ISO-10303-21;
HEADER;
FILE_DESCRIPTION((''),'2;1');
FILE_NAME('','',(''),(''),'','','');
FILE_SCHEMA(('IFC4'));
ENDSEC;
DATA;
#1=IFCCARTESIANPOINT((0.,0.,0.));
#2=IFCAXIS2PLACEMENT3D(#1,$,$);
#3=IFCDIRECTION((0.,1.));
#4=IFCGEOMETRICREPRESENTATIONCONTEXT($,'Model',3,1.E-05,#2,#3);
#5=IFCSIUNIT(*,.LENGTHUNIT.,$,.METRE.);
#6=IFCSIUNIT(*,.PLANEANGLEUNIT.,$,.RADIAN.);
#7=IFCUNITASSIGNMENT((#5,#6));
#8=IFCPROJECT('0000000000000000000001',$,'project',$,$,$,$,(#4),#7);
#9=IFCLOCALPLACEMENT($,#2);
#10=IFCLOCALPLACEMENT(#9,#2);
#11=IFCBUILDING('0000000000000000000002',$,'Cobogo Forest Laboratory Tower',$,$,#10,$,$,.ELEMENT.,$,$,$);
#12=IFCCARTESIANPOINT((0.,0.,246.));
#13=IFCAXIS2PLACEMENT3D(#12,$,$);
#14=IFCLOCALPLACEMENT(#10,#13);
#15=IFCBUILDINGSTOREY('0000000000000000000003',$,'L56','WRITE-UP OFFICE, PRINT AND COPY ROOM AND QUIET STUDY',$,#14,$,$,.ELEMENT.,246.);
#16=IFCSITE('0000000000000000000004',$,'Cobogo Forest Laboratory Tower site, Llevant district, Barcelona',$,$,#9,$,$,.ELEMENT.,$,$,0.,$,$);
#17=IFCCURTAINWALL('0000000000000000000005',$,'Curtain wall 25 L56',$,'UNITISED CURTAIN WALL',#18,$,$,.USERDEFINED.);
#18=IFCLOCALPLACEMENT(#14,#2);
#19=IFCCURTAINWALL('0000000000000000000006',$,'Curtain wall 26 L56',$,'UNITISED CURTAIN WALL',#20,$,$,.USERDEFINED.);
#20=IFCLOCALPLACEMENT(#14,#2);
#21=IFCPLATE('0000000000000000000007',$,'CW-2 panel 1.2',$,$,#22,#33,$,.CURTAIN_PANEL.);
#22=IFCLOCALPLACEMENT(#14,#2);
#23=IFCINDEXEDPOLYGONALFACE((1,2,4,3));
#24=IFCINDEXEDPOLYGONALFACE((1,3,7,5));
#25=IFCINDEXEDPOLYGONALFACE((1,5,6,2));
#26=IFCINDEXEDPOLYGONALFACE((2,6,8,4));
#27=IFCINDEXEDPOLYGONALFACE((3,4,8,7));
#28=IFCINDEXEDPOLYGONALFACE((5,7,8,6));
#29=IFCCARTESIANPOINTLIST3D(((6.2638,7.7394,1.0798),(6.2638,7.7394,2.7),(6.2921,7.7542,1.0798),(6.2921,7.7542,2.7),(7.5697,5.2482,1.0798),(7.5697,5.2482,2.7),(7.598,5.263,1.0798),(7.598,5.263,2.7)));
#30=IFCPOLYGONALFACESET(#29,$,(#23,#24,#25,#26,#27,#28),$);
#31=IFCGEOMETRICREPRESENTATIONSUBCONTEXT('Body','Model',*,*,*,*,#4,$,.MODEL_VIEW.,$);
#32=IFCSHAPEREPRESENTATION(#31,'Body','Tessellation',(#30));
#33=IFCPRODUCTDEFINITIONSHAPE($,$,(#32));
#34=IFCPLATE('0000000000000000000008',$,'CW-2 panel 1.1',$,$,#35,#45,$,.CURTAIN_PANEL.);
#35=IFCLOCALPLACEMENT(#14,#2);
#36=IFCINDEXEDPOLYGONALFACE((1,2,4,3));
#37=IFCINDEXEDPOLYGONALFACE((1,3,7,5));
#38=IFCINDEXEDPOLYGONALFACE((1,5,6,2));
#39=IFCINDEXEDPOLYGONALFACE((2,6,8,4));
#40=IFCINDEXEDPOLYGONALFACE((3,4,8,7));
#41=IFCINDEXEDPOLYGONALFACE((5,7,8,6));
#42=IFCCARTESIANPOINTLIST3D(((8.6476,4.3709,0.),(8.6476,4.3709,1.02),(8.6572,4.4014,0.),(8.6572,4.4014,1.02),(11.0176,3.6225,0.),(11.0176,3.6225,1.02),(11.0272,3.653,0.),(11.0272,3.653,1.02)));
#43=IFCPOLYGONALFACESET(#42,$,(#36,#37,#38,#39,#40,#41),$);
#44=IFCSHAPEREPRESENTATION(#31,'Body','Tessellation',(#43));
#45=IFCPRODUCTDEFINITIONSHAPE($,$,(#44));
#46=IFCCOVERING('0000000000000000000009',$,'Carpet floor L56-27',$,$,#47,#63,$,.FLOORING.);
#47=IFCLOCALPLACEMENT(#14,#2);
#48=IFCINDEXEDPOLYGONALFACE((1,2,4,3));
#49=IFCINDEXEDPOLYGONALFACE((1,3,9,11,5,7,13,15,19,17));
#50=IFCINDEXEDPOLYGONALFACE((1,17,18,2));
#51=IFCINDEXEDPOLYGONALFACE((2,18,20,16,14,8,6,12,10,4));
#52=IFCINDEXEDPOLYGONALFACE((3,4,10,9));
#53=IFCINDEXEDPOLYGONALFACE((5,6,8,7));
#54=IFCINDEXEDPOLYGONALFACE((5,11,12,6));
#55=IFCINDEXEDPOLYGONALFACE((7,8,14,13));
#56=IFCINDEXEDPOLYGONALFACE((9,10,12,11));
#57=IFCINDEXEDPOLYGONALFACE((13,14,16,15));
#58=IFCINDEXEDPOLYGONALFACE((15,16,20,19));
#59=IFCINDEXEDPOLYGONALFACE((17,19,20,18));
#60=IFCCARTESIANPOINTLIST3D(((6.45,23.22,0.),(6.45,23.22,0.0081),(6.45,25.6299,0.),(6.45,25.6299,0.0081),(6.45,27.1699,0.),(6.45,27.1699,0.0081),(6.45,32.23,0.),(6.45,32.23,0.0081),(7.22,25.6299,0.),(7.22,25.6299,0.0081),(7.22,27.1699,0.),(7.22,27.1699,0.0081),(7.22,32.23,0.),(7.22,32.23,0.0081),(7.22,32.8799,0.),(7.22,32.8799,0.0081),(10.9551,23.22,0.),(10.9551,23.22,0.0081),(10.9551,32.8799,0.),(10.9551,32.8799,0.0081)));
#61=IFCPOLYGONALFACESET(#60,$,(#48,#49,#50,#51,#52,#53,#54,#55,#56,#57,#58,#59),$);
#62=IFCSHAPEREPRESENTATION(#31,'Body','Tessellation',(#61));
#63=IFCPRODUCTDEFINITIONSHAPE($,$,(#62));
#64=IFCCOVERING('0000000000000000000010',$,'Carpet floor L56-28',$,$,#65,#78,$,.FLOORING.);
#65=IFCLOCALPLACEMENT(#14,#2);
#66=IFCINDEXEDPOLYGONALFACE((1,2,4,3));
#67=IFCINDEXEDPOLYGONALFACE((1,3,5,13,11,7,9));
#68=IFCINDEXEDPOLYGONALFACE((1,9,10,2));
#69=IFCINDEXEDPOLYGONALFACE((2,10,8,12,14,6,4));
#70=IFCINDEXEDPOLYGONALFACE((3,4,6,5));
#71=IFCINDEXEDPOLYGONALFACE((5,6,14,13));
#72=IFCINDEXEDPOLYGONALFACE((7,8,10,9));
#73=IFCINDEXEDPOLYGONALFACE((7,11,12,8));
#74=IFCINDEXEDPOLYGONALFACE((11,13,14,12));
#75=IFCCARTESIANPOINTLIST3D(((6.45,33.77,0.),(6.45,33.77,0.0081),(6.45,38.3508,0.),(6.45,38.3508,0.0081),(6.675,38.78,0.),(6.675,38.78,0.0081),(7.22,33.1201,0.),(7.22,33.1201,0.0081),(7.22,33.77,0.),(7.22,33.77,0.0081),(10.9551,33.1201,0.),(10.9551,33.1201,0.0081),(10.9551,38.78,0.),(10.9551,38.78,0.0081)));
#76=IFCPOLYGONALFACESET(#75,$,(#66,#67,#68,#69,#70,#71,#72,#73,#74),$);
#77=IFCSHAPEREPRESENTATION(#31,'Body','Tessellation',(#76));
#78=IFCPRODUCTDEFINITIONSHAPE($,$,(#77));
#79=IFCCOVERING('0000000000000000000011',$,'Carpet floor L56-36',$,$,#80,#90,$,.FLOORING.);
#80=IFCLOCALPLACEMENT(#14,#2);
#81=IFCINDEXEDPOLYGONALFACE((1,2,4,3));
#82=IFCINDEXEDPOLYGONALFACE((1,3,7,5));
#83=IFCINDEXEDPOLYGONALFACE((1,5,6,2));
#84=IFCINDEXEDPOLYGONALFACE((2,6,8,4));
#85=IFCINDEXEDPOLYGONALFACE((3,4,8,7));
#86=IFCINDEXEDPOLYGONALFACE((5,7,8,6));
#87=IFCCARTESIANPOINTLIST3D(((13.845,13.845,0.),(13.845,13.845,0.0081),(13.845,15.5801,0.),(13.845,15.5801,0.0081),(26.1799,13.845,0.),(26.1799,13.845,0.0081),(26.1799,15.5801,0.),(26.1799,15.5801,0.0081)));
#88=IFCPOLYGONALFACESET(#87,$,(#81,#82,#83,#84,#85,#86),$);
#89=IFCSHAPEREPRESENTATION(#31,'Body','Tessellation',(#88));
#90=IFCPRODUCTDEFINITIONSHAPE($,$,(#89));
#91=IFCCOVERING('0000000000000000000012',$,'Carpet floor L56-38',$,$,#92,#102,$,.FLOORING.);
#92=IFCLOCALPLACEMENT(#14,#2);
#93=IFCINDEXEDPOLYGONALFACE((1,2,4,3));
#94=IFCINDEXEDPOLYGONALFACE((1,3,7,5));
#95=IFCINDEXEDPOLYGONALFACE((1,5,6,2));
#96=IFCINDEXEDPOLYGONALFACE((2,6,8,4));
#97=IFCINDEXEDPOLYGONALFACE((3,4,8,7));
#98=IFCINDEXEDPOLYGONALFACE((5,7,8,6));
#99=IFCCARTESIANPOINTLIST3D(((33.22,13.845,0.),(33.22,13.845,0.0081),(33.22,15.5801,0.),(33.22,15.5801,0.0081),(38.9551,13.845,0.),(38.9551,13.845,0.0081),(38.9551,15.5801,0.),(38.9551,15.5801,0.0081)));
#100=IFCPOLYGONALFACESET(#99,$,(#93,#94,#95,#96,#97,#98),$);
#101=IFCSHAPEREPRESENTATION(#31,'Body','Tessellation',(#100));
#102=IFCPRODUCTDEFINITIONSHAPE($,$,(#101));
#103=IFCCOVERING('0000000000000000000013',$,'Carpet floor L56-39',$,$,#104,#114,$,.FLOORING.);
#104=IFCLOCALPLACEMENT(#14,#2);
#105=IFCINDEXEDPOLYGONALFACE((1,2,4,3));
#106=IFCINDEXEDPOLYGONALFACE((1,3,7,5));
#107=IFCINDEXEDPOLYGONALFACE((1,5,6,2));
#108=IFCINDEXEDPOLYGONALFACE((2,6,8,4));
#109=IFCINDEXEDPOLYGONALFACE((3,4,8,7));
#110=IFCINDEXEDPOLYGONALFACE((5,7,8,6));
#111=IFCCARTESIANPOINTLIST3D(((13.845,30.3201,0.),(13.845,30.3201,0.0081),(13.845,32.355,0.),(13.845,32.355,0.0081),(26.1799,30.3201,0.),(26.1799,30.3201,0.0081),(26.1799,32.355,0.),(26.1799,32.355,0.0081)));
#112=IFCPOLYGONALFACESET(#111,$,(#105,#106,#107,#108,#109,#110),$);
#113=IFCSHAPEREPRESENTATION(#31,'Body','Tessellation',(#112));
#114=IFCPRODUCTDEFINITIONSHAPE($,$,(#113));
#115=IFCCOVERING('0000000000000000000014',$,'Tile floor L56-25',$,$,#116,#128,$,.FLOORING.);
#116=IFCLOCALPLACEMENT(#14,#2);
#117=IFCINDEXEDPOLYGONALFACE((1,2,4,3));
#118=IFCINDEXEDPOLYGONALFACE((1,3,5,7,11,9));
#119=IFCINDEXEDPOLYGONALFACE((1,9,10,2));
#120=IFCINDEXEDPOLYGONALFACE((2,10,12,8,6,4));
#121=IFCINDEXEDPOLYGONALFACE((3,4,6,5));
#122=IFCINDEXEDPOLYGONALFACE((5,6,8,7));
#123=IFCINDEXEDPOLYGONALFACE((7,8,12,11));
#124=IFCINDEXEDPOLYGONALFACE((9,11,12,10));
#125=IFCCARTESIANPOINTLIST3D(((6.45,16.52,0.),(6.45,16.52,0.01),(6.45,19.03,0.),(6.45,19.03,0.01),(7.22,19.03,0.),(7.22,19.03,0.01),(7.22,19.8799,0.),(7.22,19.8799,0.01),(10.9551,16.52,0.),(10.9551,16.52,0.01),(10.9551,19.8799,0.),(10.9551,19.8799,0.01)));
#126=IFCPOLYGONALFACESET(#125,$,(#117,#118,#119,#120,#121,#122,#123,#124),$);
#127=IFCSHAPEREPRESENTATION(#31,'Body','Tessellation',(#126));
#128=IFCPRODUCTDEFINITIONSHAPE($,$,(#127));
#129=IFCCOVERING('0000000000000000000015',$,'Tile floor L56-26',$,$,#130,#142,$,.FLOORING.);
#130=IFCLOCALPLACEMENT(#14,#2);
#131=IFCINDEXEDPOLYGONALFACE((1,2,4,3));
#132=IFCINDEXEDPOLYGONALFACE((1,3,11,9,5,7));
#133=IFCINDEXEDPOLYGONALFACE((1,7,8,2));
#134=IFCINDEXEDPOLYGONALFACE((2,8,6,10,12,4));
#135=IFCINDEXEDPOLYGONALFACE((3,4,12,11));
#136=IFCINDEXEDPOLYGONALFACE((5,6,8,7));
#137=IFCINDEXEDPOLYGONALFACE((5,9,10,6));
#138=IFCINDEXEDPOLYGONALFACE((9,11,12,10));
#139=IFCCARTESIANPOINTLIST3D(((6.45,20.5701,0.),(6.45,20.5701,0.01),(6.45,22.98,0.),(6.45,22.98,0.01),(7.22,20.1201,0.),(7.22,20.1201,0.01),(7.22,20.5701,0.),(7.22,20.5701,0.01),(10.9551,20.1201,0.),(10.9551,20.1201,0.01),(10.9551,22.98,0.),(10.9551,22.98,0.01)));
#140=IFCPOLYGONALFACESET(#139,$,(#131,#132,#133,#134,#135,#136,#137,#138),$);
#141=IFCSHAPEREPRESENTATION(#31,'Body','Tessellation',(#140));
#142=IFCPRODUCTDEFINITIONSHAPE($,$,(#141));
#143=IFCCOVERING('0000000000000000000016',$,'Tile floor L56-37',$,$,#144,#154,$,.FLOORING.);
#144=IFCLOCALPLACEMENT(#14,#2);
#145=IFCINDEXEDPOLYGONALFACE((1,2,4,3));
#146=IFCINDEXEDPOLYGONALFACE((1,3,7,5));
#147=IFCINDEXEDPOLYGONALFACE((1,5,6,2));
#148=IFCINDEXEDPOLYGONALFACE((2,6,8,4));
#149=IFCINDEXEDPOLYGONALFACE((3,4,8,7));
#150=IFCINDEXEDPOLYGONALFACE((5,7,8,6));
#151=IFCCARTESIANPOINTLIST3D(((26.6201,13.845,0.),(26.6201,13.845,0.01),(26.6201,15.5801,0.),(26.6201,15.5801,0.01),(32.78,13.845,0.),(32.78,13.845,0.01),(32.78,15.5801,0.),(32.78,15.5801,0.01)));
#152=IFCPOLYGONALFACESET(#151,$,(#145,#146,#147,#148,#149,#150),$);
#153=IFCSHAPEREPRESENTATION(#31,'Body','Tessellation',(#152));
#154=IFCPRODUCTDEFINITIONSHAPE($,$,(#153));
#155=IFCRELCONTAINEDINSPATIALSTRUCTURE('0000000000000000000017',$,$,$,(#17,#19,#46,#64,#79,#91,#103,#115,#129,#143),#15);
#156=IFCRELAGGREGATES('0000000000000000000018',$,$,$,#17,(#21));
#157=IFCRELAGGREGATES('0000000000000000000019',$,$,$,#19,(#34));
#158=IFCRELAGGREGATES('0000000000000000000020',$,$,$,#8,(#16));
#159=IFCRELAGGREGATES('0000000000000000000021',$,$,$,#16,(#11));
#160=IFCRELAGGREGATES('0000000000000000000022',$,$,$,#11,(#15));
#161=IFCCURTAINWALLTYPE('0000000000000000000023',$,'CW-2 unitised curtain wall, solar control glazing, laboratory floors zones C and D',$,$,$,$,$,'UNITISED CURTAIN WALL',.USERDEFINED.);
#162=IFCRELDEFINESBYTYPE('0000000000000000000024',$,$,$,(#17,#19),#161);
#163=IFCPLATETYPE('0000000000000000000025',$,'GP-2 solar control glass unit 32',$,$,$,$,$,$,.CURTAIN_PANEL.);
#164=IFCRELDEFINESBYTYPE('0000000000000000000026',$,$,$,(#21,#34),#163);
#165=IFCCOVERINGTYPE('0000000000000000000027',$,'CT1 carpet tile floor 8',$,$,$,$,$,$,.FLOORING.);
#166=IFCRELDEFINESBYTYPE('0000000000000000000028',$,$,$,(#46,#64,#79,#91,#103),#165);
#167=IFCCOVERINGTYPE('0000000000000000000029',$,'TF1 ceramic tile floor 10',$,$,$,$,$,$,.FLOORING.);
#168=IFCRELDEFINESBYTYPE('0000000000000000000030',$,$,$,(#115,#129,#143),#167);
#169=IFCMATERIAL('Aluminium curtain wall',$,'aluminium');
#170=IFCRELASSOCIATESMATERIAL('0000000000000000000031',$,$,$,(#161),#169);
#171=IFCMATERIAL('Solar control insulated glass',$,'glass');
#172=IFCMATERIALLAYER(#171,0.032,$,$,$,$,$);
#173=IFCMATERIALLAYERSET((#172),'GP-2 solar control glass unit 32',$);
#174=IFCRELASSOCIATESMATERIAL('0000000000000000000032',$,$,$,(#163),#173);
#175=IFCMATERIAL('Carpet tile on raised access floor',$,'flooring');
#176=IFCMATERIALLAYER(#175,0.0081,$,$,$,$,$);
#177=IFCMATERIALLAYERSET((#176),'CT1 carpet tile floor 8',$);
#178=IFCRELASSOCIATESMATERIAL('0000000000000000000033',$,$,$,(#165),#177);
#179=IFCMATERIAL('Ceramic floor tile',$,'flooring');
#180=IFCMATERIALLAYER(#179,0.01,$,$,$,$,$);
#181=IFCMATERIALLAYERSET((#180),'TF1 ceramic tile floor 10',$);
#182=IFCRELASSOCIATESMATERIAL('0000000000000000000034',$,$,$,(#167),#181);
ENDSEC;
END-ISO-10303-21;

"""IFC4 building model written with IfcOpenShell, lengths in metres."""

from ifc_helpers import new_model, si_unit, direction, frame, origin, origin_2d, place, context, subcontext, project, spatial, polyline, rectangle, outline, extrude, material, layer, layer_set, type_object, element, aggregate, save


model = new_model("IFC4")

# Units and contexts
model_context = context("Model", 3, precision=1e-05, world=origin(), true_north=direction((0.0, 1.0)))
body_context = subcontext(model_context, "Body", "Model", "MODEL_VIEW")
ifc_project = project(units=[si_unit("LENGTHUNIT", "METRE"), si_unit("PLANEANGLEUNIT", "RADIAN")], contexts=[model_context])

# Site, building, storey
site_placement = place(None, origin())
site = spatial("IfcSite", under=ifc_project, at=site_placement, Name="Cobogo Forest Laboratory Tower site, Llevant district, Barcelona", CompositionType="ELEMENT", RefElevation=0.0)
building_placement = place(site_placement, origin())
building = spatial("IfcBuilding", under=site, at=building_placement, Name="Cobogo Forest Laboratory Tower", CompositionType="ELEMENT")
storey_placement = place(building_placement, frame((0.0, 0.0, 246.0)))
storey = spatial("IfcBuildingStorey", under=building, at=storey_placement, Name="L56", Description="WRITE-UP OFFICE, PRINT AND COPY ROOM AND QUIET STUDY", CompositionType="ELEMENT", Elevation=246.0)

# Curtain wall
ifc_material_1 = material(Name="Aluminium curtain wall", Category="aluminium")
curtain_wall_type = type_object("IfcCurtainWallType", Name="CW-2 unitised curtain wall, solar control glazing, laboratory floors zones C and D", ElementType="UNITISED CURTAIN WALL", PredefinedType="USERDEFINED", material=ifc_material_1)
curtain_wall_1_placement = place(storey_placement, origin())
curtain_wall_1 = element("IfcCurtainWall", 1, at=curtain_wall_1_placement, inside=storey, type_object=curtain_wall_type, Name="Curtain wall 25 L56", ObjectType="UNITISED CURTAIN WALL", PredefinedType="USERDEFINED")

# Curtain wall
curtain_wall_2_placement = place(storey_placement, origin())
curtain_wall_2 = element("IfcCurtainWall", 2, at=curtain_wall_2_placement, inside=storey, type_object=curtain_wall_type, Name="Curtain wall 26 L56", ObjectType="UNITISED CURTAIN WALL", PredefinedType="USERDEFINED")

# Plates
ifc_material_2 = material(Name="Solar control insulated glass", Category="glass")
ifc_layer_1 = layer(ifc_material_2, 0.032)
ifc_layer_set_1 = layer_set([ifc_layer_1], Name="GP-2 solar control glass unit 32")
plate_type = type_object("IfcPlateType", Name="GP-2 solar control glass unit 32", PredefinedType="CURTAIN_PANEL", material=ifc_layer_set_1)
plate_1_placement = place(storey_placement, frame((6.9309, 6.5012, 1.0798), z_axis=(0.0, 0.0, 1.0), x_axis=(0.464284, -0.885686, 0.0)))
plate_1 = element("IfcPlate", 3, at=plate_1_placement, type_object=plate_type, Name="CW-2 panel 1.2", PredefinedType="CURTAIN_PANEL", context=body_context, shape_type="SweptSolid", body=[
    extrude(rectangle(XDim=2.8127, YDim=0.032, at=origin_2d()), origin(), (0.0, 0.0, 1.0), 1.6201),
])
aggregate(curtain_wall_1, [plate_1])
plate_2_placement = place(storey_placement, frame((9.8374, 4.012, 0.0), z_axis=(0.0, 0.0, 1.0), x_axis=(0.953581, -0.301135, 0.0)))
plate_2 = element("IfcPlate", 4, at=plate_2_placement, type_object=plate_type, Name="CW-2 panel 1.1", PredefinedType="CURTAIN_PANEL", context=body_context, shape_type="SweptSolid", body=[
    extrude(rectangle(XDim=2.4854, YDim=0.032, at=origin_2d()), origin(), (0.0, 0.0, 1.0), 1.02),
])
aggregate(curtain_wall_2, [plate_2])

# Coverings
ifc_material_3 = material(Name="Carpet tile on raised access floor", Category="flooring")
ifc_layer_2 = layer(ifc_material_3, 0.0081)
ifc_layer_set_2 = layer_set([ifc_layer_2], Name="CT1 carpet tile floor 8")
covering_type_1 = type_object("IfcCoveringType", Name="CT1 carpet tile floor 8", PredefinedType="FLOORING", material=ifc_layer_set_2)
covering_1_placement = place(storey_placement, origin())
element("IfcCovering", 5, at=covering_1_placement, inside=storey, type_object=covering_type_1, Name="Carpet floor L56-27", PredefinedType="FLOORING", context=body_context, shape_type="SweptSolid", body=[
    extrude(outline(polyline([(10.9551, 23.22), (6.45, 23.22), (6.45, 25.6299), (7.22, 25.6299), (7.22, 27.1699), (6.45, 27.1699), (6.45, 32.23), (7.22, 32.23), (7.22, 32.8799), (10.9551, 32.8799), (10.9551, 23.22)])), origin(), (0.0, 0.0, 1.0), 0.0081),
])
covering_2_placement = place(storey_placement, origin())
element("IfcCovering", 6, at=covering_2_placement, inside=storey, type_object=covering_type_1, Name="Carpet floor L56-28", PredefinedType="FLOORING", context=body_context, shape_type="SweptSolid", body=[
    extrude(outline(polyline([(10.9551, 33.1201), (7.22, 33.1201), (7.22, 33.77), (6.45, 33.77), (6.45, 38.3508), (6.675, 38.78), (10.9551, 38.78), (10.9551, 33.1201)])), origin(), (0.0, 0.0, 1.0), 0.0081),
])
covering_3_placement = place(storey_placement, origin())
element("IfcCovering", 7, at=covering_3_placement, inside=storey, type_object=covering_type_1, Name="Carpet floor L56-36", PredefinedType="FLOORING", context=body_context, shape_type="SweptSolid", body=[
    extrude(outline(polyline([(26.1799, 13.845), (13.845, 13.845), (13.845, 15.5801), (26.1799, 15.5801), (26.1799, 13.845)])), origin(), (0.0, 0.0, 1.0), 0.0081),
])
covering_4_placement = place(storey_placement, origin())
element("IfcCovering", 8, at=covering_4_placement, inside=storey, type_object=covering_type_1, Name="Carpet floor L56-38", PredefinedType="FLOORING", context=body_context, shape_type="SweptSolid", body=[
    extrude(outline(polyline([(38.9551, 13.845), (33.22, 13.845), (33.22, 15.5801), (38.9551, 15.5801), (38.9551, 13.845)])), origin(), (0.0, 0.0, 1.0), 0.0081),
])
covering_5_placement = place(storey_placement, origin())
element("IfcCovering", 9, at=covering_5_placement, inside=storey, type_object=covering_type_1, Name="Carpet floor L56-39", PredefinedType="FLOORING", context=body_context, shape_type="SweptSolid", body=[
    extrude(outline(polyline([(26.1799, 30.3201), (13.845, 30.3201), (13.845, 32.355), (26.1799, 32.355), (26.1799, 30.3201)])), origin(), (0.0, 0.0, 1.0), 0.0081),
])
ifc_material_4 = material(Name="Ceramic floor tile", Category="flooring")
ifc_layer_3 = layer(ifc_material_4, 0.01)
ifc_layer_set_3 = layer_set([ifc_layer_3], Name="TF1 ceramic tile floor 10")
covering_type_2 = type_object("IfcCoveringType", Name="TF1 ceramic tile floor 10", PredefinedType="FLOORING", material=ifc_layer_set_3)
covering_6_placement = place(storey_placement, origin())
element("IfcCovering", 10, at=covering_6_placement, inside=storey, type_object=covering_type_2, Name="Tile floor L56-25", PredefinedType="FLOORING", context=body_context, shape_type="SweptSolid", body=[
    extrude(outline(polyline([(10.9551, 16.52), (6.45, 16.52), (6.45, 19.03), (7.22, 19.03), (7.22, 19.8799), (10.9551, 19.8799), (10.9551, 16.52)])), origin(), (0.0, 0.0, 1.0), 0.01),
])
covering_7_placement = place(storey_placement, origin())
element("IfcCovering", 11, at=covering_7_placement, inside=storey, type_object=covering_type_2, Name="Tile floor L56-26", PredefinedType="FLOORING", context=body_context, shape_type="SweptSolid", body=[
    extrude(outline(polyline([(10.9551, 20.1201), (7.22, 20.1201), (7.22, 20.5701), (6.45, 20.5701), (6.45, 22.98), (10.9551, 22.98), (10.9551, 20.1201)])), origin(), (0.0, 0.0, 1.0), 0.01),
])
covering_8_placement = place(storey_placement, origin())
element("IfcCovering", 12, at=covering_8_placement, inside=storey, type_object=covering_type_2, Name="Tile floor L56-37", PredefinedType="FLOORING", context=body_context, shape_type="SweptSolid", body=[
    extrude(outline(polyline([(32.78, 13.845), (26.6201, 13.845), (26.6201, 15.5801), (32.78, 15.5801), (32.78, 13.845)])), origin(), (0.0, 0.0, 1.0), 0.01),
])

save(model, "model.ifc")
